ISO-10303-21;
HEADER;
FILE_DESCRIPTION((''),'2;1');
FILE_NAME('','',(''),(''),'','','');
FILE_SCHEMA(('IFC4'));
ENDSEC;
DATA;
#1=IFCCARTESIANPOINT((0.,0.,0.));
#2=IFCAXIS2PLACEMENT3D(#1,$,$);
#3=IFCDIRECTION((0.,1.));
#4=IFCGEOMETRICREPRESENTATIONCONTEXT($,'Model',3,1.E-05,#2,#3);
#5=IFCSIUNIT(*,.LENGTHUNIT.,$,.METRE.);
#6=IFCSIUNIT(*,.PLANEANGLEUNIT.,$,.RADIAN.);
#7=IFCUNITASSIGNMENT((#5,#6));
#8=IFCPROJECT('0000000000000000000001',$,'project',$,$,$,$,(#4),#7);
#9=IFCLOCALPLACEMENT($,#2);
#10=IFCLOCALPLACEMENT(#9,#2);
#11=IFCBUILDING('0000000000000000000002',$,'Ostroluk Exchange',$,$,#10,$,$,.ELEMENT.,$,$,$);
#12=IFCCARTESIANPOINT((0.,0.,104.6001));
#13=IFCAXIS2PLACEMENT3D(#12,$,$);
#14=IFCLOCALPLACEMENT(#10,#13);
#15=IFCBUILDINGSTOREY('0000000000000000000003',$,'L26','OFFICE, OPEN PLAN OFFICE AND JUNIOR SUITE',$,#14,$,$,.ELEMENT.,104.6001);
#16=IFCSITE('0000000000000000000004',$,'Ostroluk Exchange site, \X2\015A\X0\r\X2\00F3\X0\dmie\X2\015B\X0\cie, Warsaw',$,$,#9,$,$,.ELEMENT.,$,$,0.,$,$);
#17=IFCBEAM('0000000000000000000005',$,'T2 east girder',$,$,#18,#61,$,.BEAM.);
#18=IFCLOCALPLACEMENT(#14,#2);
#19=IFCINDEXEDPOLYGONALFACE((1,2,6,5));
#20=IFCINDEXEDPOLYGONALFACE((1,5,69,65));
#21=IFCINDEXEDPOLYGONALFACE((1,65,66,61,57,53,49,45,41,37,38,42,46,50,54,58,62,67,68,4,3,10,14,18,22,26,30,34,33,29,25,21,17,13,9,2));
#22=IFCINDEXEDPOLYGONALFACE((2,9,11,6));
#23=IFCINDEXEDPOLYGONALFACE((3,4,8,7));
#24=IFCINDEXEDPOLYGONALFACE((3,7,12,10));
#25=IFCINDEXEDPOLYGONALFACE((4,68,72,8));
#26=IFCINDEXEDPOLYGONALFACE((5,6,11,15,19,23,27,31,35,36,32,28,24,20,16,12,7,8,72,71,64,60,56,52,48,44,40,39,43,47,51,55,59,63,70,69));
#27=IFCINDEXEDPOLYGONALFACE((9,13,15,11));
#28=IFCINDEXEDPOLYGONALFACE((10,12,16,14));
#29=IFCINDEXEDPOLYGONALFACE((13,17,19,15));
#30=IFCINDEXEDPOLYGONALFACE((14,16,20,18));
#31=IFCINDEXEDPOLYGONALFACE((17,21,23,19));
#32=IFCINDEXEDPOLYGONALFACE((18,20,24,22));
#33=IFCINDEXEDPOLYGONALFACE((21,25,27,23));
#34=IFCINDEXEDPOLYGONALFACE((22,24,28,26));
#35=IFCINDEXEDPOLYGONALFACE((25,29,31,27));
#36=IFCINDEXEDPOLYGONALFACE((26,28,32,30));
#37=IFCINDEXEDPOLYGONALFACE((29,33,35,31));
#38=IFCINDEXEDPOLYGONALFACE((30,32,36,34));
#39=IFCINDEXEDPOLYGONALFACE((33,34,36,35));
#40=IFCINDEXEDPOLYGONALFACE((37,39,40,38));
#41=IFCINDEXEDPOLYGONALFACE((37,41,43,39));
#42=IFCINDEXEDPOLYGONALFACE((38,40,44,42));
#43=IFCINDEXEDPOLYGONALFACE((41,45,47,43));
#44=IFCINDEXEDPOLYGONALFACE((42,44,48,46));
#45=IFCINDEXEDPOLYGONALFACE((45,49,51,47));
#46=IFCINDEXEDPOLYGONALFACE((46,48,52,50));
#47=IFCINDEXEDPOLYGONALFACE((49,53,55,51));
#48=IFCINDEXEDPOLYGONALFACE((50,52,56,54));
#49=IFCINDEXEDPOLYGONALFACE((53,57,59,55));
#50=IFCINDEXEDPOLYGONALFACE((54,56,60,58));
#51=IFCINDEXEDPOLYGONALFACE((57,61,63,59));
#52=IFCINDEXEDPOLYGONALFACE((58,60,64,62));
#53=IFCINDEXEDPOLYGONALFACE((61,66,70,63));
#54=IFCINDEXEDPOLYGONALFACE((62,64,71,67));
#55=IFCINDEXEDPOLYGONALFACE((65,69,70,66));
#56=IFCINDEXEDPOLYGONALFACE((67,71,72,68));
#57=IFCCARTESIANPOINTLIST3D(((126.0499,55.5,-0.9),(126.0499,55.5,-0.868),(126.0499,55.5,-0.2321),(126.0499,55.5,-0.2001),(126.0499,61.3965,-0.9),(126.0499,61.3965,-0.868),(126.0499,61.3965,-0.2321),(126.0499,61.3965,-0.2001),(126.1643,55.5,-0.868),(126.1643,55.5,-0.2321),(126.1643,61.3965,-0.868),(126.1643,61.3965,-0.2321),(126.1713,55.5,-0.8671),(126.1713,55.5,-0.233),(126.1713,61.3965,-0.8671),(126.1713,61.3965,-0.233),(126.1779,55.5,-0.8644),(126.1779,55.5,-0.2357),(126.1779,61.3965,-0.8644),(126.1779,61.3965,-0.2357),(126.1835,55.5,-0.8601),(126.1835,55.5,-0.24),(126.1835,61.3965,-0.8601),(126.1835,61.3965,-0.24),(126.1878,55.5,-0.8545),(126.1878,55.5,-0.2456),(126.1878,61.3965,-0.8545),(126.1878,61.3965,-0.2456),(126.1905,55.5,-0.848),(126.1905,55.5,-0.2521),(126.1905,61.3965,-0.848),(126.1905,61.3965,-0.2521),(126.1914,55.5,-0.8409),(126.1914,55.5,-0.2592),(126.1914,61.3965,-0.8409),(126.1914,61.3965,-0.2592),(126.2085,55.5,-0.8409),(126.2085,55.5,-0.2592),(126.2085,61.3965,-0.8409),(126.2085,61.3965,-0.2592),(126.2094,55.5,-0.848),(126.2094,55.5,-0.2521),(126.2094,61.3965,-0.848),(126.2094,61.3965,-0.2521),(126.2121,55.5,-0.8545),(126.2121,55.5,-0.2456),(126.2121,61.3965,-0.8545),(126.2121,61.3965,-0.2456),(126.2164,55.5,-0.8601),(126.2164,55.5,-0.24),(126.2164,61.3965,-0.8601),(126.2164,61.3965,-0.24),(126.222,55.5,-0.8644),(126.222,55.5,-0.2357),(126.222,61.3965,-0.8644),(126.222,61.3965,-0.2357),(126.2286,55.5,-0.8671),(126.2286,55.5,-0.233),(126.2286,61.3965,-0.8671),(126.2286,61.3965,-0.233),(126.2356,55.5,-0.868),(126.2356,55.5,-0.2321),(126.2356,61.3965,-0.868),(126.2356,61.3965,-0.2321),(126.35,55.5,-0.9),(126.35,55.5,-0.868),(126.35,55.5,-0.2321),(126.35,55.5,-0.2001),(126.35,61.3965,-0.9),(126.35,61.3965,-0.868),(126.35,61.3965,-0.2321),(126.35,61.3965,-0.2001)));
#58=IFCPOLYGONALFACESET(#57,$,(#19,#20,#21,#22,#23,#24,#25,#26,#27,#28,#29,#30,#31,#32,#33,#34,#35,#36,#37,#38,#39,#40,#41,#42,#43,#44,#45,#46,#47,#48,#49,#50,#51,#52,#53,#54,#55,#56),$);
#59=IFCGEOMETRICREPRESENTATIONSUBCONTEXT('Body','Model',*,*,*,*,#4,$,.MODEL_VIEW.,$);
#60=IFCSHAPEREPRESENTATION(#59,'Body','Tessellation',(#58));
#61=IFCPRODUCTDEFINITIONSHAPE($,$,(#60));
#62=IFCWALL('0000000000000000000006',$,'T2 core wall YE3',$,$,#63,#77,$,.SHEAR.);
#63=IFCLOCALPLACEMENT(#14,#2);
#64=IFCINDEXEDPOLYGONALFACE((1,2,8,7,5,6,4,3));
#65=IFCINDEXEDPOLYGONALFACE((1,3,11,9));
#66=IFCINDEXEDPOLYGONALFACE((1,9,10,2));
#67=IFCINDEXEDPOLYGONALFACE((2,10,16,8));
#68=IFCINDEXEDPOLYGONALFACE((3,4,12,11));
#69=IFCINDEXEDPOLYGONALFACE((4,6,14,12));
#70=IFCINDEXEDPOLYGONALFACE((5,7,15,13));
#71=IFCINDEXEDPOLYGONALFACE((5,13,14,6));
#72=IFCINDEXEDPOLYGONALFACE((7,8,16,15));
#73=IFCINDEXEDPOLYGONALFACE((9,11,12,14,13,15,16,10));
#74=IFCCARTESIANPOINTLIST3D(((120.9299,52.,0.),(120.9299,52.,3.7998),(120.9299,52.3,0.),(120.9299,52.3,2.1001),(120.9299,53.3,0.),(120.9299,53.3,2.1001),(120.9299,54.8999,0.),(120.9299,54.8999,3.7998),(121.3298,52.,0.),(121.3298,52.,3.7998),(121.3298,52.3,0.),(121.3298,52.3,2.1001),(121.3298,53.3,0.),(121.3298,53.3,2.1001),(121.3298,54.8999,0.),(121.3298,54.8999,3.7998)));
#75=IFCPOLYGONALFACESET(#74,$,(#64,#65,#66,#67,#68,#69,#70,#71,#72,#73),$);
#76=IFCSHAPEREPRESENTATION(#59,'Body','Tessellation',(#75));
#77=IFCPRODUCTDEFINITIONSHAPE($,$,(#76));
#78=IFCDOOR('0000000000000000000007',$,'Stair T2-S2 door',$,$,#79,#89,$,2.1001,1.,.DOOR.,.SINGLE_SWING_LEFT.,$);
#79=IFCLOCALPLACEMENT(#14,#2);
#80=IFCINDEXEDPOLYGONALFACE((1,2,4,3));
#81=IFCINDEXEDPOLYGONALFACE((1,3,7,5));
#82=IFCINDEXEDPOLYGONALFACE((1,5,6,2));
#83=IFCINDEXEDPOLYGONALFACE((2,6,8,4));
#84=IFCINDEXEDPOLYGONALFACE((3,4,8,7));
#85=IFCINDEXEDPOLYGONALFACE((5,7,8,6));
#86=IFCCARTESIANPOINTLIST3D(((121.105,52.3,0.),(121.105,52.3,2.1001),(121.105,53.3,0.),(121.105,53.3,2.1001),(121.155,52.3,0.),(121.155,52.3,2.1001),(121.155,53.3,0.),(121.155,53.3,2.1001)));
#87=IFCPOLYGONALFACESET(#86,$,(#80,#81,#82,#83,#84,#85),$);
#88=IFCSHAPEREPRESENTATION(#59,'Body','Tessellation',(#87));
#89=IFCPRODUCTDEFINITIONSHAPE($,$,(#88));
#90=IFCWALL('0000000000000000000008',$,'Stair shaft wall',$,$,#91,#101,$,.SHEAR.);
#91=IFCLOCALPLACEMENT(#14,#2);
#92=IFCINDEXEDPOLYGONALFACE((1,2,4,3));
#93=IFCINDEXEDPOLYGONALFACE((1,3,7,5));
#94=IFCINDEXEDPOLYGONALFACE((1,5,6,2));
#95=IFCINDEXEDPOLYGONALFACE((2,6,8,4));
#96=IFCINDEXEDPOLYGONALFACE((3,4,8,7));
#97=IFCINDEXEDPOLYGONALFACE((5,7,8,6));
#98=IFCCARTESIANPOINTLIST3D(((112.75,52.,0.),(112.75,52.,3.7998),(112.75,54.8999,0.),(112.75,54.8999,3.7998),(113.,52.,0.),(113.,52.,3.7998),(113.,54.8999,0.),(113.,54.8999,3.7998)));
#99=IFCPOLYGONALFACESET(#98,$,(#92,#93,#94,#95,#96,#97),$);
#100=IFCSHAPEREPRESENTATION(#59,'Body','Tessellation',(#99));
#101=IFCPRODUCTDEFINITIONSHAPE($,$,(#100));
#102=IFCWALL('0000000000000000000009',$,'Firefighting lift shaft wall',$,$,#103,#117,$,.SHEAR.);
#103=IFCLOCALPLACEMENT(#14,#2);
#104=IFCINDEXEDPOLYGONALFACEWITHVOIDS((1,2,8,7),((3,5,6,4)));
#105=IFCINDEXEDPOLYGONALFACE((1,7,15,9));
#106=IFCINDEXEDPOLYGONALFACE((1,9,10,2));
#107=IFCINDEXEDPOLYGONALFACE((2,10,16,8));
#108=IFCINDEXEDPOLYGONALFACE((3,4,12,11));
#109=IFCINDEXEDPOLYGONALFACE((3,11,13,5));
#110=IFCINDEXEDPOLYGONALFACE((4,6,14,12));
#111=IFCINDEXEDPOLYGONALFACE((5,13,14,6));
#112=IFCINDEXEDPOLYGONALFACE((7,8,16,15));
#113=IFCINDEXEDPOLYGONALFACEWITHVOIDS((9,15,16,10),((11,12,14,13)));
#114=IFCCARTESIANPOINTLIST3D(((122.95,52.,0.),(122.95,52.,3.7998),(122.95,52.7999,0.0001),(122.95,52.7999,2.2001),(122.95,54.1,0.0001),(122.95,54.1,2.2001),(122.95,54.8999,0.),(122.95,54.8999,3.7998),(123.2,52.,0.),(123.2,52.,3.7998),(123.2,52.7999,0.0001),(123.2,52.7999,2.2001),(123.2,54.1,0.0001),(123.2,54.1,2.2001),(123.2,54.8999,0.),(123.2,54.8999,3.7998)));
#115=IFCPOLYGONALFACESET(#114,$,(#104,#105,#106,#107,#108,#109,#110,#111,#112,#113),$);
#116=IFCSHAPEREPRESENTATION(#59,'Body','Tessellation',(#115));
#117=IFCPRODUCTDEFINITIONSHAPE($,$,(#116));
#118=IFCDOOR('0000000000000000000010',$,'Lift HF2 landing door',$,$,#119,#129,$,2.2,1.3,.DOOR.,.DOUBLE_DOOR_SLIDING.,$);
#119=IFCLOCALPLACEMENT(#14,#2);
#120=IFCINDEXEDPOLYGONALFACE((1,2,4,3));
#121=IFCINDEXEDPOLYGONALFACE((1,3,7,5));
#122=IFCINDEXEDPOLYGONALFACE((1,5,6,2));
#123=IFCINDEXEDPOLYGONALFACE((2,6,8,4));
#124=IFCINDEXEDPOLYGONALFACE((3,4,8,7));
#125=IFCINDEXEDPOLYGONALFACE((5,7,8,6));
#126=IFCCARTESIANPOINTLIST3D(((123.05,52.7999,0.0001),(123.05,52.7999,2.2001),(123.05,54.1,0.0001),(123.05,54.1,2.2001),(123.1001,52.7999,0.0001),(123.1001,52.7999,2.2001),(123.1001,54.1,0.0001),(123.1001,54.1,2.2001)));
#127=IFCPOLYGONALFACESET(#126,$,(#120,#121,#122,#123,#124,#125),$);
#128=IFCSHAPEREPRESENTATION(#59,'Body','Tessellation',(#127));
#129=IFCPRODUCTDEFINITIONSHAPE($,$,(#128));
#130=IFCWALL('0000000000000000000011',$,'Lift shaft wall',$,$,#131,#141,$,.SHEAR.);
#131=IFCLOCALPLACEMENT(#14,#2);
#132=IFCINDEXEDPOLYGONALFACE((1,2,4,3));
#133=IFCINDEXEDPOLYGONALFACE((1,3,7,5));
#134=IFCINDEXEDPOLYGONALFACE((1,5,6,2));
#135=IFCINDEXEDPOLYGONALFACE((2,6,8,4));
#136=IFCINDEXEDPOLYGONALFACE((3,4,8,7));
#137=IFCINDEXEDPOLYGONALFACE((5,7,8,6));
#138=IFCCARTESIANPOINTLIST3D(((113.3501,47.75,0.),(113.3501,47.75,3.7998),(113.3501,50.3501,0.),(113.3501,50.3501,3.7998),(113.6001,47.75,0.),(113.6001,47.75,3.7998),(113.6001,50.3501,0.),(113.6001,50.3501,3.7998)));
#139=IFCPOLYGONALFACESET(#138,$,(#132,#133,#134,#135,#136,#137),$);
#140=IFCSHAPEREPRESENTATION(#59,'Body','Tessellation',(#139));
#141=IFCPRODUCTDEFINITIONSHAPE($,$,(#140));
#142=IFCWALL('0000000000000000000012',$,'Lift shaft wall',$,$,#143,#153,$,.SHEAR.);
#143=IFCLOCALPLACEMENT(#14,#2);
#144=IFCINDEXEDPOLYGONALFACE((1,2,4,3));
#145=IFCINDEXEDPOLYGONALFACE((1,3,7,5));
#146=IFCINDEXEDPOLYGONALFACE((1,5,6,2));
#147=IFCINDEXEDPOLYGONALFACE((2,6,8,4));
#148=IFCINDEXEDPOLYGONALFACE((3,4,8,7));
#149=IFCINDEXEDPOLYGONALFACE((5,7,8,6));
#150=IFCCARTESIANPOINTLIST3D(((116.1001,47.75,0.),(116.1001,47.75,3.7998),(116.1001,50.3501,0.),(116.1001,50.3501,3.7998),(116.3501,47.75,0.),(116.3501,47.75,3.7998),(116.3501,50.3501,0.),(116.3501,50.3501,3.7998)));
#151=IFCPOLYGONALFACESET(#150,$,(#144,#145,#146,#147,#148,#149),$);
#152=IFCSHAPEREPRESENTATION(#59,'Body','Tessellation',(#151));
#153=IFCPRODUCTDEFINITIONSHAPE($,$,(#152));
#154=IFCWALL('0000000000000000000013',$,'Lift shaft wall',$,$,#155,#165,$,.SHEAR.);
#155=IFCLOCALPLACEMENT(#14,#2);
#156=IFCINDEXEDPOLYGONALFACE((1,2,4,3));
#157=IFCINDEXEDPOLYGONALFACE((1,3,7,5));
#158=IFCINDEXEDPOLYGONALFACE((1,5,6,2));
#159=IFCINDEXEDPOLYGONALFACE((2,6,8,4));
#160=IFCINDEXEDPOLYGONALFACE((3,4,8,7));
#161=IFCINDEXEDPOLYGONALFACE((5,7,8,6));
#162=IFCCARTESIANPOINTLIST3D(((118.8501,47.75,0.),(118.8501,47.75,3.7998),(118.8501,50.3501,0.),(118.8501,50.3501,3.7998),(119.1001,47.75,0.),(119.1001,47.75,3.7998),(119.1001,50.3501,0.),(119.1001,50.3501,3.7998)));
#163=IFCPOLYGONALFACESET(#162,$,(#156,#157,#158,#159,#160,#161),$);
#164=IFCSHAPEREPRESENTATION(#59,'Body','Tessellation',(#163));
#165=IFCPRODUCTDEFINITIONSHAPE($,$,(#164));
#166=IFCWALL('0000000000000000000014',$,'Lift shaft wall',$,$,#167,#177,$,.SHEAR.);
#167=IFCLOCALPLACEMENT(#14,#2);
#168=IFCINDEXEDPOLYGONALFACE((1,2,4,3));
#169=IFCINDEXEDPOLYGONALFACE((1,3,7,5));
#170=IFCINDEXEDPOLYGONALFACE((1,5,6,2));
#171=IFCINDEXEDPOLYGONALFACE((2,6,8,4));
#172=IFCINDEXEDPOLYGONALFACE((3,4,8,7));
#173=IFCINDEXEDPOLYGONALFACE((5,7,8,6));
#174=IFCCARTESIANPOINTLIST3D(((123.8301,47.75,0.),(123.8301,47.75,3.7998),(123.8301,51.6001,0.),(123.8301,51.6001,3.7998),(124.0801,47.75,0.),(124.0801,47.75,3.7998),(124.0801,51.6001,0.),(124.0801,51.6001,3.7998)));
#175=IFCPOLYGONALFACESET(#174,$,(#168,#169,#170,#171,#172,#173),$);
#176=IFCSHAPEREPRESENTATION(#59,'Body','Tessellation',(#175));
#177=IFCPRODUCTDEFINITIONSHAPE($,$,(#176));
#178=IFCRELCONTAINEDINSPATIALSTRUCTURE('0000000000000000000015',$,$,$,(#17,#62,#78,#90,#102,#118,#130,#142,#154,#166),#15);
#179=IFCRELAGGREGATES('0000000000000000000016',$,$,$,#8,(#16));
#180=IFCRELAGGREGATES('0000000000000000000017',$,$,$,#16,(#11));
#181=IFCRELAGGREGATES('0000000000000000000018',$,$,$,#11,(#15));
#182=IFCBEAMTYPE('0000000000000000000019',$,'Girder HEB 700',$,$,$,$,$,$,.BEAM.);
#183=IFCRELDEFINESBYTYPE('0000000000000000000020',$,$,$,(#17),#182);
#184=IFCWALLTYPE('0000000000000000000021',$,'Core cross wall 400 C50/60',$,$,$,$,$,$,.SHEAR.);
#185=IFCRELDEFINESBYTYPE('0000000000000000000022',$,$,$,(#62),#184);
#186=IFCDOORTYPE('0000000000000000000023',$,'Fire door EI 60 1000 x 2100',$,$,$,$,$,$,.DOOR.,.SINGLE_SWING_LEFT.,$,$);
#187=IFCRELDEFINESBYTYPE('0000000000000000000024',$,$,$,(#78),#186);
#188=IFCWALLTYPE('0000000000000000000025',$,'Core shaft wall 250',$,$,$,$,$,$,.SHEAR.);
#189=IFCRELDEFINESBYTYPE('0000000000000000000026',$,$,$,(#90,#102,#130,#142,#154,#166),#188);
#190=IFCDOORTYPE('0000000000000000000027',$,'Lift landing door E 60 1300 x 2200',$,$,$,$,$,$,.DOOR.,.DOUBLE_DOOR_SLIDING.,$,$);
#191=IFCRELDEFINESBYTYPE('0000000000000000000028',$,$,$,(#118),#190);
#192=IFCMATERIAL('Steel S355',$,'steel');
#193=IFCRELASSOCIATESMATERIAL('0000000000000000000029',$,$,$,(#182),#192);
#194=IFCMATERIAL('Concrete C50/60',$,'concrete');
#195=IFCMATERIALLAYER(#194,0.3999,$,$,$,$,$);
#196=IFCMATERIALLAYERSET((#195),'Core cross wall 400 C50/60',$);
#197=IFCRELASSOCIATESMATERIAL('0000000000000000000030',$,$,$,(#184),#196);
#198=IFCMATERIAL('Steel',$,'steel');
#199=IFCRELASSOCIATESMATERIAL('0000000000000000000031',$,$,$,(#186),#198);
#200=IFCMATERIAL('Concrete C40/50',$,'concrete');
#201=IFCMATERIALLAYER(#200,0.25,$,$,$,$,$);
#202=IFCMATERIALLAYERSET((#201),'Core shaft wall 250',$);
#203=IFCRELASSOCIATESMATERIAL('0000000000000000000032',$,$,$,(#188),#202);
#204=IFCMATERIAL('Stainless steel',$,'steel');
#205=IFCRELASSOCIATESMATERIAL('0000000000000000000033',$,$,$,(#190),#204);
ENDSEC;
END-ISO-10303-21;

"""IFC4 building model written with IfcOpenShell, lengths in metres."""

from ifc_helpers import new_model, si_unit, direction, frame, frame_2d, origin, origin_2d, place, context, subcontext, project, spatial, rectangle, i_section, extrude, material, layer, layer_set, material_profile, profile_set, type_object, element, fill, save


model = new_model("IFC4")

# Units and contexts
model_context = context("Model", 3, precision=1e-05, world=origin(), true_north=direction((0.0, 1.0)))
body_context = subcontext(model_context, "Body", "Model", "MODEL_VIEW")
ifc_project = project(units=[si_unit("LENGTHUNIT", "METRE"), si_unit("PLANEANGLEUNIT", "RADIAN")], contexts=[model_context])

# Site, building, storey
site_placement = place(None, origin())
site = spatial("IfcSite", under=ifc_project, at=site_placement, Name="Ostroluk Exchange site, Śródmieście, Warsaw", CompositionType="ELEMENT", RefElevation=0.0)
building_placement = place(site_placement, origin())
building = spatial("IfcBuilding", under=site, at=building_placement, Name="Ostroluk Exchange", CompositionType="ELEMENT")
storey_placement = place(building_placement, frame((0.0, 0.0, 104.6001)))
storey = spatial("IfcBuildingStorey", under=building, at=storey_placement, Name="L26", Description="OFFICE, OPEN PLAN OFFICE AND JUNIOR SUITE", CompositionType="ELEMENT", Elevation=104.6001)

# Beam
ifc_material_1 = material(Name="Steel S355", Category="steel")
ifc_material_profile_1 = material_profile(ifc_material_1, i_section(OverallWidth=0.3, OverallDepth=0.7, WebThickness=0.0171, FlangeThickness=0.032, FilletRadius=0.0271, at=origin_2d()), Name="HEB 700")
ifc_profile_set_1 = profile_set([ifc_material_profile_1], Name="Steel S355")
beam_type_1 = type_object("IfcBeamType", Name="Girder HEB 700", PredefinedType="BEAM", material=ifc_profile_set_1)
beam_1_placement = place(storey_placement, frame((126.2, 55.5, -0.55), z_axis=(0.0, 1.0, 0.0), x_axis=(-1.0, 0.0, 0.0)))
element("IfcBeam", 1, at=beam_1_placement, inside=storey, type_object=beam_type_1, Name="T2 east girder", PredefinedType="BEAM", context=body_context, shape_type="SweptSolid", body=[
    extrude(i_section(OverallWidth=0.3, OverallDepth=0.7, WebThickness=0.0171, FlangeThickness=0.032, FilletRadius=0.0271, at=origin_2d()), origin(), (0.0, 0.0, 1.0), 5.8965),
])

# Wall, opening, door
ifc_material_2 = material(Name="Concrete C50/60", Category="concrete")
ifc_layer_1 = layer(ifc_material_2, 0.3999)
ifc_layer_set_1 = layer_set([ifc_layer_1], Name="Core cross wall 400 C50/60")
wall_type_1 = type_object("IfcWallType", Name="Core cross wall 400 C50/60", PredefinedType="SHEAR", material=ifc_layer_set_1)
wall_1_placement = place(storey_placement, frame((121.1299, 52.0, 0.0), z_axis=(0.0, 0.0, 1.0), x_axis=(0.0, 1.0, 0.0)))
wall_1 = element("IfcWall", 2, at=wall_1_placement, inside=storey, type_object=wall_type_1, Name="T2 core wall YE3", PredefinedType="SHEAR", context=body_context, shape_type="SweptSolid", body=[
    extrude(rectangle(XDim=2.8999, YDim=0.3999, at=frame_2d((1.45, 0.0))), origin(), (0.0, 0.0, 1.0), 3.7998),
])
opening_1_placement = place(wall_1_placement, frame((0.3, 0.0, 0.0)))
opening_1 = element("IfcOpeningElement", 3, at=opening_1_placement, cuts=wall_1, PredefinedType="OPENING", context=body_context, shape_type="SweptSolid", body=[
    extrude(rectangle(XDim=1.0, YDim=2.1001, at=frame_2d((0.5, 1.05))), frame((0.0, 0.21, 0.0), z_axis=(0.0, -1.0, 0.0), x_axis=(1.0, 0.0, 0.0)), (0.0, 0.0, 1.0), 0.4199),
])
ifc_material_3 = material(Name="Steel", Category="steel")
door_type_1 = type_object("IfcDoorType", Name="Fire door EI 60 1000 x 2100", OperationType="SINGLE_SWING_LEFT", PredefinedType="DOOR", material=ifc_material_3)
door_1_placement = place(opening_1_placement, origin())
door_1 = element("IfcDoor", 4, at=door_1_placement, inside=storey, type_object=door_type_1, Name="Stair T2-S2 door", OperationType="SINGLE_SWING_LEFT", OverallHeight=2.1001, OverallWidth=1.0, PredefinedType="DOOR", context=body_context, shape_type="SweptSolid", body=[
    extrude(rectangle(XDim=1.0, YDim=2.1001, at=frame_2d((0.5, 1.05))), frame((0.0, 0.0249, 0.0), z_axis=(0.0, -1.0, 0.0), x_axis=(1.0, 0.0, 0.0)), (0.0, 0.0, 1.0), 0.05),
])
fill(opening_1, door_1)

# Wall
ifc_material_4 = material(Name="Concrete C40/50", Category="concrete")
ifc_layer_2 = layer(ifc_material_4, 0.25)
ifc_layer_set_2 = layer_set([ifc_layer_2], Name="Core shaft wall 250")
wall_type_2 = type_object("IfcWallType", Name="Core shaft wall 250", PredefinedType="SHEAR", material=ifc_layer_set_2)
wall_2_placement = place(storey_placement, frame((112.875, 52.0, 0.0), z_axis=(0.0, 0.0, 1.0), x_axis=(0.0, 1.0, 0.0)))
element("IfcWall", 5, at=wall_2_placement, inside=storey, type_object=wall_type_2, Name="Stair shaft wall", PredefinedType="SHEAR", context=body_context, shape_type="SweptSolid", body=[
    extrude(rectangle(XDim=2.8999, YDim=0.25, at=frame_2d((1.45, 0.0))), origin(), (0.0, 0.0, 1.0), 3.7998),
])

# Wall, opening, door
wall_3_placement = place(storey_placement, frame((123.075, 52.0, 0.0), z_axis=(0.0, 0.0, 1.0), x_axis=(0.0, 1.0, 0.0)))
wall_3 = element("IfcWall", 6, at=wall_3_placement, inside=storey, type_object=wall_type_2, Name="Firefighting lift shaft wall", PredefinedType="SHEAR", context=body_context, shape_type="SweptSolid", body=[
    extrude(rectangle(XDim=2.8999, YDim=0.25, at=frame_2d((1.45, 0.0))), origin(), (0.0, 0.0, 1.0), 3.7998),
])
opening_2_placement = place(wall_3_placement, frame((0.8, 0.0, 0.0)))
opening_2 = element("IfcOpeningElement", 7, at=opening_2_placement, cuts=wall_3, PredefinedType="OPENING", context=body_context, shape_type="SweptSolid", body=[
    extrude(rectangle(XDim=1.3, YDim=2.2, at=frame_2d((0.6499, 1.1001))), frame((0.0, 0.135, 0.0), z_axis=(0.0, -1.0, 0.0), x_axis=(1.0, 0.0, 0.0)), (0.0, 0.0, 1.0), 0.27),
])
ifc_material_5 = material(Name="Stainless steel", Category="steel")
door_type_2 = type_object("IfcDoorType", Name="Lift landing door E 60 1300 x 2200", OperationType="DOUBLE_DOOR_SLIDING", PredefinedType="DOOR", material=ifc_material_5)
door_2_placement = place(opening_2_placement, origin())
door_2 = element("IfcDoor", 8, at=door_2_placement, inside=storey, type_object=door_type_2, Name="Lift HF2 landing door", OperationType="DOUBLE_DOOR_SLIDING", OverallHeight=2.2, OverallWidth=1.3, PredefinedType="DOOR", context=body_context, shape_type="SweptSolid", body=[
    extrude(rectangle(XDim=1.3, YDim=2.2, at=frame_2d((0.6499, 1.1001))), frame((0.0, 0.0249, 0.0), z_axis=(0.0, -1.0, 0.0), x_axis=(1.0, 0.0, 0.0)), (0.0, 0.0, 1.0), 0.05),
])
fill(opening_2, door_2)

# Walls
for number, where, z_axis, x_axis, name in (
    (9, (113.4751, 47.75, 0.0), (0.0, 0.0, 1.0), (0.0, 1.0, 0.0), "Lift shaft wall"),
    (10, (116.2251, 47.75, 0.0), (0.0, 0.0, 1.0), (0.0, 1.0, 0.0), "Lift shaft wall"),
    (11, (118.9751, 47.75, 0.0), (0.0, 0.0, 1.0), (0.0, 1.0, 0.0), "Lift shaft wall"),
):
    element("IfcWall", number, at=place(storey_placement, frame(where, z_axis=z_axis, x_axis=x_axis)), inside=storey, type_object=wall_type_2, Name=name, PredefinedType="SHEAR", context=body_context, shape_type="SweptSolid", body=[
        extrude(rectangle(XDim=2.6001, YDim=0.25, at=frame_2d((1.3, 0.0))), origin(), (0.0, 0.0, 1.0), 3.7998),
    ])
wall_4_placement = place(storey_placement, frame((123.9551, 47.75, 0.0), z_axis=(0.0, 0.0, 1.0), x_axis=(0.0, 1.0, 0.0)))
element("IfcWall", 12, at=wall_4_placement, inside=storey, type_object=wall_type_2, Name="Lift shaft wall", PredefinedType="SHEAR", context=body_context, shape_type="SweptSolid", body=[
    extrude(rectangle(XDim=3.8501, YDim=0.25, at=frame_2d((1.925, 0.0))), origin(), (0.0, 0.0, 1.0), 3.7998),
])

save(model, "model.ifc")
